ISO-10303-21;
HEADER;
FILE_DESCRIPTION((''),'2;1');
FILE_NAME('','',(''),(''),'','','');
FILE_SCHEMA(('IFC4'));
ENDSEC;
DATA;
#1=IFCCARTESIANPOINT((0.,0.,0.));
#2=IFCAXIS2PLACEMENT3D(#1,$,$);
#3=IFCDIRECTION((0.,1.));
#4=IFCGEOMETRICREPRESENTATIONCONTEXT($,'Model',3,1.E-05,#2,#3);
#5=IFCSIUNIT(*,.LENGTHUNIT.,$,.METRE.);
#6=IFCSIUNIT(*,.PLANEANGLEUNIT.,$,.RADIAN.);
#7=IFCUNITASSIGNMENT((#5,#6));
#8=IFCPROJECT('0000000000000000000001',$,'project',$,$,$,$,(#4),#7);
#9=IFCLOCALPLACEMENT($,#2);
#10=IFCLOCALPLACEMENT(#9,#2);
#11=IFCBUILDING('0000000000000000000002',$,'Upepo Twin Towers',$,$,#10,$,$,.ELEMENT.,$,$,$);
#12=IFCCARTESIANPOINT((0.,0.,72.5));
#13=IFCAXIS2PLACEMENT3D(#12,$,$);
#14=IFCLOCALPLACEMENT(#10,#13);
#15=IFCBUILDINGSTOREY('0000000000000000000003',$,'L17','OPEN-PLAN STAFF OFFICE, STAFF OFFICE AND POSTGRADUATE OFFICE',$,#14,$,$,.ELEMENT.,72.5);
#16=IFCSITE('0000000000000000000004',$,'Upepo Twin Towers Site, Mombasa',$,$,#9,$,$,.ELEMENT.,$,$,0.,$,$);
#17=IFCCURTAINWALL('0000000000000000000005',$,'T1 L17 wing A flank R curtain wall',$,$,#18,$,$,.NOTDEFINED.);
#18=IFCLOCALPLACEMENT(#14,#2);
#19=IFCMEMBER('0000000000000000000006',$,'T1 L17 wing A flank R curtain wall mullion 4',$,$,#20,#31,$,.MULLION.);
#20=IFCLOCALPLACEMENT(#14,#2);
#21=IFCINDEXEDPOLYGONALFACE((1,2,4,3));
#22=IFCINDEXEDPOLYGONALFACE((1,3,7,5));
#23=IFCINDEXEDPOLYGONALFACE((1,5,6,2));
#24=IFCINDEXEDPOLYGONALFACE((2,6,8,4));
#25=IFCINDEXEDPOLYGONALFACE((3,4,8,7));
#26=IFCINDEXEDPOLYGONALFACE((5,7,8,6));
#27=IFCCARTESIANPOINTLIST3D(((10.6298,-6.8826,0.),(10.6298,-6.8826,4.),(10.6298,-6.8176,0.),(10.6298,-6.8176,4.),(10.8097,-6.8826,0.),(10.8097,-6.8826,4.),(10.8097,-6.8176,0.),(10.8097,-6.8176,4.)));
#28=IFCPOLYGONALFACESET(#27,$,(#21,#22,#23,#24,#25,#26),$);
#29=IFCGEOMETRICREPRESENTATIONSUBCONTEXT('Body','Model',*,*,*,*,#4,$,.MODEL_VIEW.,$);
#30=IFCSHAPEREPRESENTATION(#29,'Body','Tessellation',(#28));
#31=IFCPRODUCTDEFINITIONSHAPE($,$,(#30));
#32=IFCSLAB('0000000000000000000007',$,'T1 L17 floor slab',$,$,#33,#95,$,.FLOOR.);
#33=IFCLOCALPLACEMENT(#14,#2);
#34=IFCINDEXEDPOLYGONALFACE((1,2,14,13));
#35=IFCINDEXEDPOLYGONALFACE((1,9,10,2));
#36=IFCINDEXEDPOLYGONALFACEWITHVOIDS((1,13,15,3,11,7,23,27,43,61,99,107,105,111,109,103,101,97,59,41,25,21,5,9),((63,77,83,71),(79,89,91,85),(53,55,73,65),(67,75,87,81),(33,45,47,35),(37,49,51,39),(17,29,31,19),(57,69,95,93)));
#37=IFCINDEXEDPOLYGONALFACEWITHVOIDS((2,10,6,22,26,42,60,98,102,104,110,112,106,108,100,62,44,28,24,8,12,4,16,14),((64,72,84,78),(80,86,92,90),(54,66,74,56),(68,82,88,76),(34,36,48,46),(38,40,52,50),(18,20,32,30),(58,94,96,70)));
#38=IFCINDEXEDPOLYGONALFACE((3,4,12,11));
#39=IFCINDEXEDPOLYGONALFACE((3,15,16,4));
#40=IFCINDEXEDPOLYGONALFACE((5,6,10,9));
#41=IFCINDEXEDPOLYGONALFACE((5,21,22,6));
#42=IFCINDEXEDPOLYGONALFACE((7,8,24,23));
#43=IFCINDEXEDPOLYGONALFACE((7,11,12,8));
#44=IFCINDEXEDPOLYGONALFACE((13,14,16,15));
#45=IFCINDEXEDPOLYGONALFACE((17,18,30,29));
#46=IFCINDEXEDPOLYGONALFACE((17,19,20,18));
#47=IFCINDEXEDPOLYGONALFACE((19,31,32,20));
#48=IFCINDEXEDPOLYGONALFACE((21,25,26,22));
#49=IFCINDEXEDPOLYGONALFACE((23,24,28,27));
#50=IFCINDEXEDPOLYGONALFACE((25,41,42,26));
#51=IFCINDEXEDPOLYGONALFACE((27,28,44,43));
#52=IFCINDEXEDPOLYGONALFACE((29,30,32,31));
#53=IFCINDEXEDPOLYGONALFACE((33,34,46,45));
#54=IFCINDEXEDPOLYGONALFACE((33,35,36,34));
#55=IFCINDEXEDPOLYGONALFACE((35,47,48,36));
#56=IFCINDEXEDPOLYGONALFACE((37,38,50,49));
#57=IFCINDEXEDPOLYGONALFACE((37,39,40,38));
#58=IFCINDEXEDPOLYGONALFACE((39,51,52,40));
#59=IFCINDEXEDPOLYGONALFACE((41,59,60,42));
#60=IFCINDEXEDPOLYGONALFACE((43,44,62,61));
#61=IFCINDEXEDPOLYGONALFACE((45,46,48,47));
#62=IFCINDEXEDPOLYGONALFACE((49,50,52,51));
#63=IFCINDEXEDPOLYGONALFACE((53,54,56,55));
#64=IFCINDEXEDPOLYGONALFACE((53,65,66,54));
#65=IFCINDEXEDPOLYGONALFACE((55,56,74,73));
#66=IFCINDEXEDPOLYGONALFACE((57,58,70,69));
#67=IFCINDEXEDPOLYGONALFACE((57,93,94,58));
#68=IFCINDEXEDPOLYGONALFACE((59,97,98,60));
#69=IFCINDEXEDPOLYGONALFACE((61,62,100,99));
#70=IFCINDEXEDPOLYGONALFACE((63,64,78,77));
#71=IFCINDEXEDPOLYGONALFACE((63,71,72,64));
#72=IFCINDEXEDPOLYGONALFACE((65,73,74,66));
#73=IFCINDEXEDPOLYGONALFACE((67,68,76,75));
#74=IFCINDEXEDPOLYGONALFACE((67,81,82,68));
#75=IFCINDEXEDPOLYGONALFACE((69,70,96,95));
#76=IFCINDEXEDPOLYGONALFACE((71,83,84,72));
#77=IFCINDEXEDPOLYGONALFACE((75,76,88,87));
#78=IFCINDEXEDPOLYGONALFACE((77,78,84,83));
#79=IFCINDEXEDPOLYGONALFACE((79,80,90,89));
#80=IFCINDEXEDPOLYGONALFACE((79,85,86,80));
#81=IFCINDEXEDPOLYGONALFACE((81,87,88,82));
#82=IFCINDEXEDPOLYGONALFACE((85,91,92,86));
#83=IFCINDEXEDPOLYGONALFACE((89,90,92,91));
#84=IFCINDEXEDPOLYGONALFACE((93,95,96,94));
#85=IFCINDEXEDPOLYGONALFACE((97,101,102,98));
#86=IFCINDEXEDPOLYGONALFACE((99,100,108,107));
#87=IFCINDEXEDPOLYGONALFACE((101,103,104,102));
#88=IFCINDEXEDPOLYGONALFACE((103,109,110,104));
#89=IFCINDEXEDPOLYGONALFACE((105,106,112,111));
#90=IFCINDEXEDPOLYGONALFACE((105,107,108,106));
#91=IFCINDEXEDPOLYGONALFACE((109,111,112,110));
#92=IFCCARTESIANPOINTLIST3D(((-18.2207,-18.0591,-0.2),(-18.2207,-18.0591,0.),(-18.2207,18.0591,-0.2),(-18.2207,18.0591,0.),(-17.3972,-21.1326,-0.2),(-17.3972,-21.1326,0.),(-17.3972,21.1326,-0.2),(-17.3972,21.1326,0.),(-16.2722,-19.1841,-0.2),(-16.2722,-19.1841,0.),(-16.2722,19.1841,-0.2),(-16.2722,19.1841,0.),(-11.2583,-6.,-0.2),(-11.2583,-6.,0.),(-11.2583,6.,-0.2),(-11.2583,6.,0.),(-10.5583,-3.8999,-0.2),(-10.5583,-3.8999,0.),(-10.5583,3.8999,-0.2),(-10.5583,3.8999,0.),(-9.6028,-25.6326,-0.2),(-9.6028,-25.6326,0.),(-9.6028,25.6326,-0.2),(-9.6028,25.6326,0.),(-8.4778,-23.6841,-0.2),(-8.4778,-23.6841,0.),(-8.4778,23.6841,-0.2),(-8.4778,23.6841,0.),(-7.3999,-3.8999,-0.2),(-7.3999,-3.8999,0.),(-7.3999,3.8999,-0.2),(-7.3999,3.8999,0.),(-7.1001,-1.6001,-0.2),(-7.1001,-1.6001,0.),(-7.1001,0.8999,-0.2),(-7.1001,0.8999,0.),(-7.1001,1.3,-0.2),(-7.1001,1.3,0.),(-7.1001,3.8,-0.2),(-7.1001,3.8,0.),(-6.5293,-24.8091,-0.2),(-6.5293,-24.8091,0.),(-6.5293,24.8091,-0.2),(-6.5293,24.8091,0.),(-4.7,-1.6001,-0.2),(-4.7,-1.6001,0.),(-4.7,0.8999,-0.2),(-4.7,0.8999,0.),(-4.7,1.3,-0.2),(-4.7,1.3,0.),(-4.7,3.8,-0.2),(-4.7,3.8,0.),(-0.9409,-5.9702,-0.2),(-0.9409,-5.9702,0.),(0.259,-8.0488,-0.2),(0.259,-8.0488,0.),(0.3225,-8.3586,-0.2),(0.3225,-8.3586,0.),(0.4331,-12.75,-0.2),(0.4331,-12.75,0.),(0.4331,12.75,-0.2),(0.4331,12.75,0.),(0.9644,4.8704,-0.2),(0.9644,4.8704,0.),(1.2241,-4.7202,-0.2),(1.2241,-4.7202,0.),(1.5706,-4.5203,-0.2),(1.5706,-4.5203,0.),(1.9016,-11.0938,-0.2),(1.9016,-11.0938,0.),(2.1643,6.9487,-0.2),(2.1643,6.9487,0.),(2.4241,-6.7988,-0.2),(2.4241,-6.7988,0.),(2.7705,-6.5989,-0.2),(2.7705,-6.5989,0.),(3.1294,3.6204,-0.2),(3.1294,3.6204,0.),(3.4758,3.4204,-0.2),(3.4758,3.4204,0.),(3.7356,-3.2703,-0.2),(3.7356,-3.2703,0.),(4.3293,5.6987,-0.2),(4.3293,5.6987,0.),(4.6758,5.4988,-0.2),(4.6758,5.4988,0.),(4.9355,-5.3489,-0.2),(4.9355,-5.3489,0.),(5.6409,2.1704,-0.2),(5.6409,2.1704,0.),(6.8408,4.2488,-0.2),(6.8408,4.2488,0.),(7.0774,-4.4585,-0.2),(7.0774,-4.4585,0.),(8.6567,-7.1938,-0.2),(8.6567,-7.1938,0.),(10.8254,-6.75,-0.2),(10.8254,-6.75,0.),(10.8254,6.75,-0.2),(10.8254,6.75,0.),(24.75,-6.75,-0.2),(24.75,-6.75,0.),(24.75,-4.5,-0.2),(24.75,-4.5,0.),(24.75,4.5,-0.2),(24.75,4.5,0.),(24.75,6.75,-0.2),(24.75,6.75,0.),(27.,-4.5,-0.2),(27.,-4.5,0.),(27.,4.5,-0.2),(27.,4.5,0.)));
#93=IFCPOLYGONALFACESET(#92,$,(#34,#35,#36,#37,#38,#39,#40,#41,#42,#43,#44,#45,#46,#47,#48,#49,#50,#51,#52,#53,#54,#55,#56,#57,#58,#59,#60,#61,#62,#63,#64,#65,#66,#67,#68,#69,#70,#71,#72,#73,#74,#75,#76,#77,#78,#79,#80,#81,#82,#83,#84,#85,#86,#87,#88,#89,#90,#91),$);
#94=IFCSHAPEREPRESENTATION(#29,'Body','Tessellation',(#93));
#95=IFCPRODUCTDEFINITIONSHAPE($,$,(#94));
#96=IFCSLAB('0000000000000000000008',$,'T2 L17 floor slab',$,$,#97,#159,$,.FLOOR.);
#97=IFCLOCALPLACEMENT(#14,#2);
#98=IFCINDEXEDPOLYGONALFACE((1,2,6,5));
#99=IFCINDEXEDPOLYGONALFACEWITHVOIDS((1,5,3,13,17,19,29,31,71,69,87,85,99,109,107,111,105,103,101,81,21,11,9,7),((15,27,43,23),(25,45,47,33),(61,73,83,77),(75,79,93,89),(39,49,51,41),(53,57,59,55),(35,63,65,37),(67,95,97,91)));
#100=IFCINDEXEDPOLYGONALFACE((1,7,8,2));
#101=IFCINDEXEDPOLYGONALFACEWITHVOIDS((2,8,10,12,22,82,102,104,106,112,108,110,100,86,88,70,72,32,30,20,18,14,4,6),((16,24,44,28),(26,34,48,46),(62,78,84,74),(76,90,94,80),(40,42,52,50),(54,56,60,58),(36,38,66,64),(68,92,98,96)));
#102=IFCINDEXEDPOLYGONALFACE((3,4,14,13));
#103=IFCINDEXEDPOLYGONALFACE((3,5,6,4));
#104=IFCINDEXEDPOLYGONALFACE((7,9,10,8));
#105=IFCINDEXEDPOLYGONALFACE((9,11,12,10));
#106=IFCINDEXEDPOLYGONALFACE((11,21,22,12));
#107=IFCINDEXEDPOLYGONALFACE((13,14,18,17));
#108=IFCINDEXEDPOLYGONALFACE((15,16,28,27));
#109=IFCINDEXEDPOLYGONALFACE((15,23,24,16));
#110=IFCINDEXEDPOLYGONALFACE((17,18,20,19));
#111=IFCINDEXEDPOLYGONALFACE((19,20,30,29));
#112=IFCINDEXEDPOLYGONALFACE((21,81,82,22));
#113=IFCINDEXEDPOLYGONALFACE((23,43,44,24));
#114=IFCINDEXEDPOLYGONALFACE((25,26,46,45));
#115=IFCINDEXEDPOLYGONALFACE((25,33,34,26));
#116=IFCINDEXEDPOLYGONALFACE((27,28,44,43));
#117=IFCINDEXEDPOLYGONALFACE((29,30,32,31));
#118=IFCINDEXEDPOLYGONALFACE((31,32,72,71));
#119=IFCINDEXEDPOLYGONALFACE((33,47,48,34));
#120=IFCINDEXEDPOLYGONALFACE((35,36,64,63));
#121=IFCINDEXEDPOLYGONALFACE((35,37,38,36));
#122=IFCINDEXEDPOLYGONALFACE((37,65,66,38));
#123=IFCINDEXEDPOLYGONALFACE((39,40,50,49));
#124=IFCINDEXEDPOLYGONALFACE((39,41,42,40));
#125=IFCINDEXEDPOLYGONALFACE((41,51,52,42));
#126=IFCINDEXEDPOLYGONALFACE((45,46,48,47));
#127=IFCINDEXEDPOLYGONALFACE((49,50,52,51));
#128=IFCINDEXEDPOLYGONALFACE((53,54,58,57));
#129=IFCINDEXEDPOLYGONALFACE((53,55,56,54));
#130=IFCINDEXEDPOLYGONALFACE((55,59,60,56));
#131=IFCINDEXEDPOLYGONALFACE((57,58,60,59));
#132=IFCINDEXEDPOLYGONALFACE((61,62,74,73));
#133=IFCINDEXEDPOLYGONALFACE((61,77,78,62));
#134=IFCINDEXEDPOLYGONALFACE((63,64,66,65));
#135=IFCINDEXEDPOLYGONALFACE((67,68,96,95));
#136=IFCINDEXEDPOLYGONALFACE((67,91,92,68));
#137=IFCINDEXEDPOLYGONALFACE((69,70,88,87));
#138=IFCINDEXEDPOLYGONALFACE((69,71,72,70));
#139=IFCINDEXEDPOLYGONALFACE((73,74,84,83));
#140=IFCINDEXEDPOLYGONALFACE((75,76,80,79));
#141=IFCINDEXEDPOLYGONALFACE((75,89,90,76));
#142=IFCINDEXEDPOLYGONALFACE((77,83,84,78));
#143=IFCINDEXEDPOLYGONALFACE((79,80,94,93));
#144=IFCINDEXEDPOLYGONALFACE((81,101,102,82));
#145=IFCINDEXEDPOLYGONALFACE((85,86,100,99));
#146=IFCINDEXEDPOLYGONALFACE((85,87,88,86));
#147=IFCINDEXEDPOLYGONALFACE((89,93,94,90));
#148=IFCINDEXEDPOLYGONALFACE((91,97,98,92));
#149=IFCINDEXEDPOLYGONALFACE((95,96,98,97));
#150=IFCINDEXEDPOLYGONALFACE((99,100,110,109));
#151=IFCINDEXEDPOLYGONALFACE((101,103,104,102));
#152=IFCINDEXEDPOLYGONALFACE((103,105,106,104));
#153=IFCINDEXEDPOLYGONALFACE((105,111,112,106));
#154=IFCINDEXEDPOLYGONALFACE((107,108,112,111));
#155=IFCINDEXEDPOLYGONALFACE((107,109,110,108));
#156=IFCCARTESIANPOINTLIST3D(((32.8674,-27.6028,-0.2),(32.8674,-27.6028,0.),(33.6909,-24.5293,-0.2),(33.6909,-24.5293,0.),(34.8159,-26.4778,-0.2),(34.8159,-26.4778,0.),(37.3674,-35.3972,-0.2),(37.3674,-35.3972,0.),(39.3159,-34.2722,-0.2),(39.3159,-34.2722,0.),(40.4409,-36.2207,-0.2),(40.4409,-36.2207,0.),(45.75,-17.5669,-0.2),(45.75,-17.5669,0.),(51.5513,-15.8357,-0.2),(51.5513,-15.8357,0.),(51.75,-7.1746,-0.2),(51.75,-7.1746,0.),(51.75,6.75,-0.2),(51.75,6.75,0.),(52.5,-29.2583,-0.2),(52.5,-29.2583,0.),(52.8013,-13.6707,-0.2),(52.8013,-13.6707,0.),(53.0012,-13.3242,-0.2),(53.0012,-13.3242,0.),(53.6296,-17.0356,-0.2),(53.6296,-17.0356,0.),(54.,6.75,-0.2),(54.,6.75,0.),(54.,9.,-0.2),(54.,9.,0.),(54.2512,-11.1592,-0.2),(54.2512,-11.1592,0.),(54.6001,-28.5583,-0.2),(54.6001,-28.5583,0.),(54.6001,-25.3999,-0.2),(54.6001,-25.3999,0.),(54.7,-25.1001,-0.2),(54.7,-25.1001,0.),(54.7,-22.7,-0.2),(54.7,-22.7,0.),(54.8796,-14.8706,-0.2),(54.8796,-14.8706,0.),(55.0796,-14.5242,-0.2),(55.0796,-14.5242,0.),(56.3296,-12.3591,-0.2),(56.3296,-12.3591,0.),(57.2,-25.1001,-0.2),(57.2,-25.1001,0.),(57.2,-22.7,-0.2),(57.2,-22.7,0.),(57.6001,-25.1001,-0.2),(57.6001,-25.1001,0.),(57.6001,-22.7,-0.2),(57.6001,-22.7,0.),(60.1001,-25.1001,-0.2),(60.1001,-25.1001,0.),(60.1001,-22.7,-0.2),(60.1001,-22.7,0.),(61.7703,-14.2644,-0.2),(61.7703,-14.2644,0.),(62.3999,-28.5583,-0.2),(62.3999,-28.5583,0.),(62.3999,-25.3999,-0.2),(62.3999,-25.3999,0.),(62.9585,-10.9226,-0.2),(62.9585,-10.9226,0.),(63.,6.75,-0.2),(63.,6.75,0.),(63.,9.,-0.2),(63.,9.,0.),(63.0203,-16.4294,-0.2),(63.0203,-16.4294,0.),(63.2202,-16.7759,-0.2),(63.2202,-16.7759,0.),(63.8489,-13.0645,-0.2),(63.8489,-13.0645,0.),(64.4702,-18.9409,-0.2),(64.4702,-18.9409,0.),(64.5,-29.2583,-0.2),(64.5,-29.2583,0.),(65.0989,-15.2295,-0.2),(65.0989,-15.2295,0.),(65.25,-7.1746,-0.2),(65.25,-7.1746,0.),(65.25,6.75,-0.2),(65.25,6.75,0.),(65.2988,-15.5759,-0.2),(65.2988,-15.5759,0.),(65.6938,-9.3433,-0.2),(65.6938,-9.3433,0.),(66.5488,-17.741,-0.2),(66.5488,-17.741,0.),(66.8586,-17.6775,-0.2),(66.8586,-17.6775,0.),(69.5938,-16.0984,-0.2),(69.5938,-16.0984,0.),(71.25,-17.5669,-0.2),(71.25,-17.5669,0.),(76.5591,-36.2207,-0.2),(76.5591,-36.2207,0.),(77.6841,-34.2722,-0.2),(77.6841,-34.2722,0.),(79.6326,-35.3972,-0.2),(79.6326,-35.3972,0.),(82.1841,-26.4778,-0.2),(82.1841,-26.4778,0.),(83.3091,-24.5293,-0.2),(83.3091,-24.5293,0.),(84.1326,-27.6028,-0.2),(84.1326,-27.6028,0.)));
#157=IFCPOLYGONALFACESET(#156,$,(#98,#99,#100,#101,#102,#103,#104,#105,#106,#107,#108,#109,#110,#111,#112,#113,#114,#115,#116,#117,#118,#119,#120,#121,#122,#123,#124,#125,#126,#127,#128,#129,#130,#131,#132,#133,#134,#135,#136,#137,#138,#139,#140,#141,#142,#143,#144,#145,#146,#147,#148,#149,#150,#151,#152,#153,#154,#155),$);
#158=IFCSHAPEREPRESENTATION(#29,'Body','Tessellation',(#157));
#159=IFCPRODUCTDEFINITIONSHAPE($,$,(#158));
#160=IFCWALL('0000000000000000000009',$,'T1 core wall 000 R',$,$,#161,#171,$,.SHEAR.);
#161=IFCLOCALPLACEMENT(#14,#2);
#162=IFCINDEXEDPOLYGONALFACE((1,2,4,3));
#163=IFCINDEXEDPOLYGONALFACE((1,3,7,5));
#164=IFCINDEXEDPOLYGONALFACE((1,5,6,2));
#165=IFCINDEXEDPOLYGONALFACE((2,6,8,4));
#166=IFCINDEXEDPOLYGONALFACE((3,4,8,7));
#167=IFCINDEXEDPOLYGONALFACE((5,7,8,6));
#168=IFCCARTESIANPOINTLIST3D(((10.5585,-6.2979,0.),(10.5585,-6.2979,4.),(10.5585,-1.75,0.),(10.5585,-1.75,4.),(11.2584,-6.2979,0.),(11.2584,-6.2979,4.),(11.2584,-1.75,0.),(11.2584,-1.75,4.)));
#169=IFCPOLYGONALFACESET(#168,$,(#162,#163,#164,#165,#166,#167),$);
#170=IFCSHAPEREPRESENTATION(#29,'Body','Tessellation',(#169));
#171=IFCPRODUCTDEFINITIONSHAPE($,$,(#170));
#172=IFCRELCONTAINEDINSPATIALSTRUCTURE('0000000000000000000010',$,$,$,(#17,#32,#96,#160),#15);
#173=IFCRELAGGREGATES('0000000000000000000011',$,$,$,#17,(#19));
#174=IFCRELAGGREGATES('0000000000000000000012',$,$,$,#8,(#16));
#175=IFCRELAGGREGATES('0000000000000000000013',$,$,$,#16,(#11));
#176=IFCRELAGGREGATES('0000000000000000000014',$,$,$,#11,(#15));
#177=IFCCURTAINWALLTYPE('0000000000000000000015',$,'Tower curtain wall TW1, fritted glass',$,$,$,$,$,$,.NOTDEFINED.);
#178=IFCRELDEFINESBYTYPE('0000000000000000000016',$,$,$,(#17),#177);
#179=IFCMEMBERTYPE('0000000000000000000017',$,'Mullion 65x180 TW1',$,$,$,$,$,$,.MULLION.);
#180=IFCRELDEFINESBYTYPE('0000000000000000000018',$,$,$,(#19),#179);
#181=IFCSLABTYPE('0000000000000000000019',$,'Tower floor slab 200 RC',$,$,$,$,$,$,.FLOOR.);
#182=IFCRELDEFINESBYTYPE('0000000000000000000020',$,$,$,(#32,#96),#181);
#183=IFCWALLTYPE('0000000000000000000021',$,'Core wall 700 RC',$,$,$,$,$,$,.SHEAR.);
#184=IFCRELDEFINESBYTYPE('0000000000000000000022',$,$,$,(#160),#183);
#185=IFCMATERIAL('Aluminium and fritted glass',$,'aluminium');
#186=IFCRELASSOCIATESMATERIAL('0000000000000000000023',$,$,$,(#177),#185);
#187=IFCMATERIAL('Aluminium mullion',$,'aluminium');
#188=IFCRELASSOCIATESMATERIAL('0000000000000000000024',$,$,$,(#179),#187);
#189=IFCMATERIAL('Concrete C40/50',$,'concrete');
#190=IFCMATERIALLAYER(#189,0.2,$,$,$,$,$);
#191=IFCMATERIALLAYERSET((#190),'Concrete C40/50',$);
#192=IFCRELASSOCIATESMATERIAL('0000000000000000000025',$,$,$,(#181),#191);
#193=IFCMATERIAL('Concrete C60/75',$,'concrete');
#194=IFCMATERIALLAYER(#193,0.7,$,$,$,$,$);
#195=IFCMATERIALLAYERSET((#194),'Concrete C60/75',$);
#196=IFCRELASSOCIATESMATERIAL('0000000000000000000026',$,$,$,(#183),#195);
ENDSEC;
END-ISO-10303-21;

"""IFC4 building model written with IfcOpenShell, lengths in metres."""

from ifc_helpers import new_model, si_unit, direction, frame, frame_2d, origin, origin_2d, place, context, subcontext, project, spatial, polyline, rectangle, outline, extrude, material, layer, layer_set, material_profile, profile_set, type_object, element, aggregate, save


model = new_model("IFC4")

# Units and contexts
model_context = context("Model", 3, precision=1e-05, world=origin(), true_north=direction((0.0, 1.0)))
body_context = subcontext(model_context, "Body", "Model", "MODEL_VIEW")
ifc_project = project(units=[si_unit("LENGTHUNIT", "METRE"), si_unit("PLANEANGLEUNIT", "RADIAN")], contexts=[model_context])

# Site, building, storey
site_placement = place(None, origin())
site = spatial("IfcSite", under=ifc_project, at=site_placement, Name="Upepo Twin Towers Site, Mombasa", CompositionType="ELEMENT", RefElevation=0.0)
building_placement = place(site_placement, origin())
building = spatial("IfcBuilding", under=site, at=building_placement, Name="Upepo Twin Towers", CompositionType="ELEMENT")
storey_placement = place(building_placement, frame((0.0, 0.0, 72.5)))
storey = spatial("IfcBuildingStorey", under=building, at=storey_placement, Name="L17", Description="OPEN-PLAN STAFF OFFICE, STAFF OFFICE AND POSTGRADUATE OFFICE", CompositionType="ELEMENT", Elevation=72.5)

# Curtain wall, member
ifc_material_1 = material(Name="Aluminium and fritted glass", Category="aluminium")
curtain_wall_type = type_object("IfcCurtainWallType", Name="Tower curtain wall TW1, fritted glass", PredefinedType="NOTDEFINED", material=ifc_material_1)
curtain_wall_placement = place(storey_placement, origin())
curtain_wall = element("IfcCurtainWall", 1, at=curtain_wall_placement, inside=storey, type_object=curtain_wall_type, Name="T1 L17 wing A flank R curtain wall", PredefinedType="NOTDEFINED")
ifc_material_2 = material(Name="Aluminium mullion", Category="aluminium")
ifc_material_profile = material_profile(ifc_material_2, rectangle(XDim=0.0649, YDim=0.1799, at=origin_2d()), Name="MULLION 65x180")
ifc_profile_set = profile_set([ifc_material_profile], Name="Aluminium mullion")
member_type = type_object("IfcMemberType", Name="Mullion 65x180 TW1", PredefinedType="MULLION", material=ifc_profile_set)
member_placement = place(storey_placement, frame((10.7197, -6.8501, 0.0), z_axis=(0.0, 0.0, 1.0), x_axis=(0.0, -1.0, 0.0)))
member = element("IfcMember", 2, at=member_placement, type_object=member_type, Name="T1 L17 wing A flank R curtain wall mullion 4", PredefinedType="MULLION", context=body_context, shape_type="SweptSolid", body=[
    extrude(rectangle(XDim=0.0649, YDim=0.1799, at=origin_2d()), origin(), (0.0, 0.0, 1.0), 4.0),
])
aggregate(curtain_wall, [member])

# Slabs
ifc_material_3 = material(Name="Concrete C40/50", Category="concrete")
ifc_layer_1 = layer(ifc_material_3, 0.2)
ifc_layer_set_1 = layer_set([ifc_layer_1], Name="Concrete C40/50")
slab_type = type_object("IfcSlabType", Name="Tower floor slab 200 RC", PredefinedType="FLOOR", material=ifc_layer_set_1)
slab_1_placement = place(storey_placement, frame((0.0, 0.0, -0.2)))
element("IfcSlab", 3, at=slab_1_placement, inside=storey, type_object=slab_type, Name="T1 L17 floor slab", PredefinedType="FLOOR", context=body_context, shape_type="SweptSolid", body=[
    extrude(outline(polyline([(-8.4778, -23.6841), (-9.6028, -25.6326), (-17.3972, -21.1326), (-16.2722, -19.1841), (-18.2207, -18.0591), (-11.2583, -6.0), (-11.2583, 6.0), (-18.2207, 18.0591), (-16.2722, 19.1841), (-17.3972, 21.1326), (-9.6028, 25.6326), (-8.4778, 23.6841), (-6.5293, 24.8091), (0.4331, 12.75), (10.8254, 6.75), (24.75, 6.75), (24.75, 4.5), (27.0, 4.5), (27.0, -4.5), (24.75, -4.5), (24.75, -6.75), (10.8254, -6.75), (0.4331, -12.75), (-6.5293, -24.8091), (-8.4778, -23.6841)]), holes=[polyline([(5.6409, 2.1704), (6.8408, 4.2488), (4.6758, 5.4988), (3.4758, 3.4204), (5.6409, 2.1704)]), polyline([(3.1294, 3.6204), (4.3293, 5.6987), (2.1643, 6.9487), (0.9644, 4.8704), (3.1294, 3.6204)]), polyline([(-4.7, 3.8), (-7.1001, 3.8), (-7.1001, 1.3), (-4.7, 1.3), (-4.7, 3.8)]), polyline([(-4.7, 0.8999), (-7.1001, 0.8999), (-7.1001, -1.6001), (-4.7, -1.6001), (-4.7, 0.8999)]), polyline([(-7.3999, 3.8999), (-10.5583, 3.8999), (-10.5583, -3.8999), (-7.3999, -3.8999), (-7.3999, 3.8999)]), polyline([(-0.9409, -5.9702), (0.259, -8.0488), (2.4241, -6.7988), (1.2241, -4.7202), (-0.9409, -5.9702)]), polyline([(1.5706, -4.5203), (2.7705, -6.5989), (4.9355, -5.3489), (3.7356, -3.2703), (1.5706, -4.5203)]), polyline([(0.3225, -8.3586), (1.9016, -11.0938), (8.6567, -7.1938), (7.0774, -4.4585), (0.3225, -8.3586)])]), origin(), (0.0, 0.0, 1.0), 0.2),
])
slab_2_placement = place(storey_placement, frame((0.0, 0.0, -0.2)))
element("IfcSlab", 4, at=slab_2_placement, inside=storey, type_object=slab_type, Name="T2 L17 floor slab", PredefinedType="FLOOR", context=body_context, shape_type="SweptSolid", body=[
    extrude(outline(polyline([(82.1841, -26.4778), (84.1326, -27.6028), (79.6326, -35.3972), (77.6841, -34.2722), (76.5591, -36.2207), (64.5, -29.2583), (52.5, -29.2583), (40.4409, -36.2207), (39.3159, -34.2722), (37.3674, -35.3972), (32.8674, -27.6028), (34.8159, -26.4778), (33.6909, -24.5293), (45.75, -17.5669), (51.75, -7.1746), (51.75, 6.75), (54.0, 6.75), (54.0, 9.0), (63.0, 9.0), (63.0, 6.75), (65.25, 6.75), (65.25, -7.1746), (71.25, -17.5669), (83.3091, -24.5293), (82.1841, -26.4778)]), holes=[polyline([(56.3296, -12.3591), (54.2512, -11.1592), (53.0012, -13.3242), (55.0796, -14.5242), (56.3296, -12.3591)]), polyline([(54.8796, -14.8706), (52.8013, -13.6707), (51.5513, -15.8357), (53.6296, -17.0356), (54.8796, -14.8706)]), polyline([(54.7, -22.7), (54.7, -25.1001), (57.2, -25.1001), (57.2, -22.7), (54.7, -22.7)]), polyline([(57.6001, -22.7), (57.6001, -25.1001), (60.1001, -25.1001), (60.1001, -22.7), (57.6001, -22.7)]), polyline([(54.6001, -25.3999), (54.6001, -28.5583), (62.3999, -28.5583), (62.3999, -25.3999), (54.6001, -25.3999)]), polyline([(64.4702, -18.9409), (66.5488, -17.741), (65.2988, -15.5759), (63.2202, -16.7759), (64.4702, -18.9409)]), polyline([(63.0203, -16.4294), (65.0989, -15.2295), (63.8489, -13.0645), (61.7703, -14.2644), (63.0203, -16.4294)]), polyline([(66.8586, -17.6775), (69.5938, -16.0984), (65.6938, -9.3433), (62.9585, -10.9226), (66.8586, -17.6775)])]), origin(), (0.0, 0.0, 1.0), 0.2),
])

# Wall
ifc_material_4 = material(Name="Concrete C60/75", Category="concrete")
ifc_layer_2 = layer(ifc_material_4, 0.7)
ifc_layer_set_2 = layer_set([ifc_layer_2], Name="Concrete C60/75")
wall_type_1 = type_object("IfcWallType", Name="Core wall 700 RC", PredefinedType="SHEAR", material=ifc_layer_set_2)
wall_1_placement = place(storey_placement, frame((10.9084, -6.2979, 0.0), z_axis=(0.0, 0.0, 1.0), x_axis=(0.0, 1.0, 0.0)))
element("IfcWall", 5, at=wall_1_placement, inside=storey, type_object=wall_type_1, Name="T1 core wall 000 R", PredefinedType="SHEAR", context=body_context, shape_type="SweptSolid", body=[
    extrude(rectangle(XDim=4.5479, YDim=0.7, at=frame_2d((2.2739, 0.0))), origin(), (0.0, 0.0, 1.0), 4.0),
])

save(model, "model.ifc")
